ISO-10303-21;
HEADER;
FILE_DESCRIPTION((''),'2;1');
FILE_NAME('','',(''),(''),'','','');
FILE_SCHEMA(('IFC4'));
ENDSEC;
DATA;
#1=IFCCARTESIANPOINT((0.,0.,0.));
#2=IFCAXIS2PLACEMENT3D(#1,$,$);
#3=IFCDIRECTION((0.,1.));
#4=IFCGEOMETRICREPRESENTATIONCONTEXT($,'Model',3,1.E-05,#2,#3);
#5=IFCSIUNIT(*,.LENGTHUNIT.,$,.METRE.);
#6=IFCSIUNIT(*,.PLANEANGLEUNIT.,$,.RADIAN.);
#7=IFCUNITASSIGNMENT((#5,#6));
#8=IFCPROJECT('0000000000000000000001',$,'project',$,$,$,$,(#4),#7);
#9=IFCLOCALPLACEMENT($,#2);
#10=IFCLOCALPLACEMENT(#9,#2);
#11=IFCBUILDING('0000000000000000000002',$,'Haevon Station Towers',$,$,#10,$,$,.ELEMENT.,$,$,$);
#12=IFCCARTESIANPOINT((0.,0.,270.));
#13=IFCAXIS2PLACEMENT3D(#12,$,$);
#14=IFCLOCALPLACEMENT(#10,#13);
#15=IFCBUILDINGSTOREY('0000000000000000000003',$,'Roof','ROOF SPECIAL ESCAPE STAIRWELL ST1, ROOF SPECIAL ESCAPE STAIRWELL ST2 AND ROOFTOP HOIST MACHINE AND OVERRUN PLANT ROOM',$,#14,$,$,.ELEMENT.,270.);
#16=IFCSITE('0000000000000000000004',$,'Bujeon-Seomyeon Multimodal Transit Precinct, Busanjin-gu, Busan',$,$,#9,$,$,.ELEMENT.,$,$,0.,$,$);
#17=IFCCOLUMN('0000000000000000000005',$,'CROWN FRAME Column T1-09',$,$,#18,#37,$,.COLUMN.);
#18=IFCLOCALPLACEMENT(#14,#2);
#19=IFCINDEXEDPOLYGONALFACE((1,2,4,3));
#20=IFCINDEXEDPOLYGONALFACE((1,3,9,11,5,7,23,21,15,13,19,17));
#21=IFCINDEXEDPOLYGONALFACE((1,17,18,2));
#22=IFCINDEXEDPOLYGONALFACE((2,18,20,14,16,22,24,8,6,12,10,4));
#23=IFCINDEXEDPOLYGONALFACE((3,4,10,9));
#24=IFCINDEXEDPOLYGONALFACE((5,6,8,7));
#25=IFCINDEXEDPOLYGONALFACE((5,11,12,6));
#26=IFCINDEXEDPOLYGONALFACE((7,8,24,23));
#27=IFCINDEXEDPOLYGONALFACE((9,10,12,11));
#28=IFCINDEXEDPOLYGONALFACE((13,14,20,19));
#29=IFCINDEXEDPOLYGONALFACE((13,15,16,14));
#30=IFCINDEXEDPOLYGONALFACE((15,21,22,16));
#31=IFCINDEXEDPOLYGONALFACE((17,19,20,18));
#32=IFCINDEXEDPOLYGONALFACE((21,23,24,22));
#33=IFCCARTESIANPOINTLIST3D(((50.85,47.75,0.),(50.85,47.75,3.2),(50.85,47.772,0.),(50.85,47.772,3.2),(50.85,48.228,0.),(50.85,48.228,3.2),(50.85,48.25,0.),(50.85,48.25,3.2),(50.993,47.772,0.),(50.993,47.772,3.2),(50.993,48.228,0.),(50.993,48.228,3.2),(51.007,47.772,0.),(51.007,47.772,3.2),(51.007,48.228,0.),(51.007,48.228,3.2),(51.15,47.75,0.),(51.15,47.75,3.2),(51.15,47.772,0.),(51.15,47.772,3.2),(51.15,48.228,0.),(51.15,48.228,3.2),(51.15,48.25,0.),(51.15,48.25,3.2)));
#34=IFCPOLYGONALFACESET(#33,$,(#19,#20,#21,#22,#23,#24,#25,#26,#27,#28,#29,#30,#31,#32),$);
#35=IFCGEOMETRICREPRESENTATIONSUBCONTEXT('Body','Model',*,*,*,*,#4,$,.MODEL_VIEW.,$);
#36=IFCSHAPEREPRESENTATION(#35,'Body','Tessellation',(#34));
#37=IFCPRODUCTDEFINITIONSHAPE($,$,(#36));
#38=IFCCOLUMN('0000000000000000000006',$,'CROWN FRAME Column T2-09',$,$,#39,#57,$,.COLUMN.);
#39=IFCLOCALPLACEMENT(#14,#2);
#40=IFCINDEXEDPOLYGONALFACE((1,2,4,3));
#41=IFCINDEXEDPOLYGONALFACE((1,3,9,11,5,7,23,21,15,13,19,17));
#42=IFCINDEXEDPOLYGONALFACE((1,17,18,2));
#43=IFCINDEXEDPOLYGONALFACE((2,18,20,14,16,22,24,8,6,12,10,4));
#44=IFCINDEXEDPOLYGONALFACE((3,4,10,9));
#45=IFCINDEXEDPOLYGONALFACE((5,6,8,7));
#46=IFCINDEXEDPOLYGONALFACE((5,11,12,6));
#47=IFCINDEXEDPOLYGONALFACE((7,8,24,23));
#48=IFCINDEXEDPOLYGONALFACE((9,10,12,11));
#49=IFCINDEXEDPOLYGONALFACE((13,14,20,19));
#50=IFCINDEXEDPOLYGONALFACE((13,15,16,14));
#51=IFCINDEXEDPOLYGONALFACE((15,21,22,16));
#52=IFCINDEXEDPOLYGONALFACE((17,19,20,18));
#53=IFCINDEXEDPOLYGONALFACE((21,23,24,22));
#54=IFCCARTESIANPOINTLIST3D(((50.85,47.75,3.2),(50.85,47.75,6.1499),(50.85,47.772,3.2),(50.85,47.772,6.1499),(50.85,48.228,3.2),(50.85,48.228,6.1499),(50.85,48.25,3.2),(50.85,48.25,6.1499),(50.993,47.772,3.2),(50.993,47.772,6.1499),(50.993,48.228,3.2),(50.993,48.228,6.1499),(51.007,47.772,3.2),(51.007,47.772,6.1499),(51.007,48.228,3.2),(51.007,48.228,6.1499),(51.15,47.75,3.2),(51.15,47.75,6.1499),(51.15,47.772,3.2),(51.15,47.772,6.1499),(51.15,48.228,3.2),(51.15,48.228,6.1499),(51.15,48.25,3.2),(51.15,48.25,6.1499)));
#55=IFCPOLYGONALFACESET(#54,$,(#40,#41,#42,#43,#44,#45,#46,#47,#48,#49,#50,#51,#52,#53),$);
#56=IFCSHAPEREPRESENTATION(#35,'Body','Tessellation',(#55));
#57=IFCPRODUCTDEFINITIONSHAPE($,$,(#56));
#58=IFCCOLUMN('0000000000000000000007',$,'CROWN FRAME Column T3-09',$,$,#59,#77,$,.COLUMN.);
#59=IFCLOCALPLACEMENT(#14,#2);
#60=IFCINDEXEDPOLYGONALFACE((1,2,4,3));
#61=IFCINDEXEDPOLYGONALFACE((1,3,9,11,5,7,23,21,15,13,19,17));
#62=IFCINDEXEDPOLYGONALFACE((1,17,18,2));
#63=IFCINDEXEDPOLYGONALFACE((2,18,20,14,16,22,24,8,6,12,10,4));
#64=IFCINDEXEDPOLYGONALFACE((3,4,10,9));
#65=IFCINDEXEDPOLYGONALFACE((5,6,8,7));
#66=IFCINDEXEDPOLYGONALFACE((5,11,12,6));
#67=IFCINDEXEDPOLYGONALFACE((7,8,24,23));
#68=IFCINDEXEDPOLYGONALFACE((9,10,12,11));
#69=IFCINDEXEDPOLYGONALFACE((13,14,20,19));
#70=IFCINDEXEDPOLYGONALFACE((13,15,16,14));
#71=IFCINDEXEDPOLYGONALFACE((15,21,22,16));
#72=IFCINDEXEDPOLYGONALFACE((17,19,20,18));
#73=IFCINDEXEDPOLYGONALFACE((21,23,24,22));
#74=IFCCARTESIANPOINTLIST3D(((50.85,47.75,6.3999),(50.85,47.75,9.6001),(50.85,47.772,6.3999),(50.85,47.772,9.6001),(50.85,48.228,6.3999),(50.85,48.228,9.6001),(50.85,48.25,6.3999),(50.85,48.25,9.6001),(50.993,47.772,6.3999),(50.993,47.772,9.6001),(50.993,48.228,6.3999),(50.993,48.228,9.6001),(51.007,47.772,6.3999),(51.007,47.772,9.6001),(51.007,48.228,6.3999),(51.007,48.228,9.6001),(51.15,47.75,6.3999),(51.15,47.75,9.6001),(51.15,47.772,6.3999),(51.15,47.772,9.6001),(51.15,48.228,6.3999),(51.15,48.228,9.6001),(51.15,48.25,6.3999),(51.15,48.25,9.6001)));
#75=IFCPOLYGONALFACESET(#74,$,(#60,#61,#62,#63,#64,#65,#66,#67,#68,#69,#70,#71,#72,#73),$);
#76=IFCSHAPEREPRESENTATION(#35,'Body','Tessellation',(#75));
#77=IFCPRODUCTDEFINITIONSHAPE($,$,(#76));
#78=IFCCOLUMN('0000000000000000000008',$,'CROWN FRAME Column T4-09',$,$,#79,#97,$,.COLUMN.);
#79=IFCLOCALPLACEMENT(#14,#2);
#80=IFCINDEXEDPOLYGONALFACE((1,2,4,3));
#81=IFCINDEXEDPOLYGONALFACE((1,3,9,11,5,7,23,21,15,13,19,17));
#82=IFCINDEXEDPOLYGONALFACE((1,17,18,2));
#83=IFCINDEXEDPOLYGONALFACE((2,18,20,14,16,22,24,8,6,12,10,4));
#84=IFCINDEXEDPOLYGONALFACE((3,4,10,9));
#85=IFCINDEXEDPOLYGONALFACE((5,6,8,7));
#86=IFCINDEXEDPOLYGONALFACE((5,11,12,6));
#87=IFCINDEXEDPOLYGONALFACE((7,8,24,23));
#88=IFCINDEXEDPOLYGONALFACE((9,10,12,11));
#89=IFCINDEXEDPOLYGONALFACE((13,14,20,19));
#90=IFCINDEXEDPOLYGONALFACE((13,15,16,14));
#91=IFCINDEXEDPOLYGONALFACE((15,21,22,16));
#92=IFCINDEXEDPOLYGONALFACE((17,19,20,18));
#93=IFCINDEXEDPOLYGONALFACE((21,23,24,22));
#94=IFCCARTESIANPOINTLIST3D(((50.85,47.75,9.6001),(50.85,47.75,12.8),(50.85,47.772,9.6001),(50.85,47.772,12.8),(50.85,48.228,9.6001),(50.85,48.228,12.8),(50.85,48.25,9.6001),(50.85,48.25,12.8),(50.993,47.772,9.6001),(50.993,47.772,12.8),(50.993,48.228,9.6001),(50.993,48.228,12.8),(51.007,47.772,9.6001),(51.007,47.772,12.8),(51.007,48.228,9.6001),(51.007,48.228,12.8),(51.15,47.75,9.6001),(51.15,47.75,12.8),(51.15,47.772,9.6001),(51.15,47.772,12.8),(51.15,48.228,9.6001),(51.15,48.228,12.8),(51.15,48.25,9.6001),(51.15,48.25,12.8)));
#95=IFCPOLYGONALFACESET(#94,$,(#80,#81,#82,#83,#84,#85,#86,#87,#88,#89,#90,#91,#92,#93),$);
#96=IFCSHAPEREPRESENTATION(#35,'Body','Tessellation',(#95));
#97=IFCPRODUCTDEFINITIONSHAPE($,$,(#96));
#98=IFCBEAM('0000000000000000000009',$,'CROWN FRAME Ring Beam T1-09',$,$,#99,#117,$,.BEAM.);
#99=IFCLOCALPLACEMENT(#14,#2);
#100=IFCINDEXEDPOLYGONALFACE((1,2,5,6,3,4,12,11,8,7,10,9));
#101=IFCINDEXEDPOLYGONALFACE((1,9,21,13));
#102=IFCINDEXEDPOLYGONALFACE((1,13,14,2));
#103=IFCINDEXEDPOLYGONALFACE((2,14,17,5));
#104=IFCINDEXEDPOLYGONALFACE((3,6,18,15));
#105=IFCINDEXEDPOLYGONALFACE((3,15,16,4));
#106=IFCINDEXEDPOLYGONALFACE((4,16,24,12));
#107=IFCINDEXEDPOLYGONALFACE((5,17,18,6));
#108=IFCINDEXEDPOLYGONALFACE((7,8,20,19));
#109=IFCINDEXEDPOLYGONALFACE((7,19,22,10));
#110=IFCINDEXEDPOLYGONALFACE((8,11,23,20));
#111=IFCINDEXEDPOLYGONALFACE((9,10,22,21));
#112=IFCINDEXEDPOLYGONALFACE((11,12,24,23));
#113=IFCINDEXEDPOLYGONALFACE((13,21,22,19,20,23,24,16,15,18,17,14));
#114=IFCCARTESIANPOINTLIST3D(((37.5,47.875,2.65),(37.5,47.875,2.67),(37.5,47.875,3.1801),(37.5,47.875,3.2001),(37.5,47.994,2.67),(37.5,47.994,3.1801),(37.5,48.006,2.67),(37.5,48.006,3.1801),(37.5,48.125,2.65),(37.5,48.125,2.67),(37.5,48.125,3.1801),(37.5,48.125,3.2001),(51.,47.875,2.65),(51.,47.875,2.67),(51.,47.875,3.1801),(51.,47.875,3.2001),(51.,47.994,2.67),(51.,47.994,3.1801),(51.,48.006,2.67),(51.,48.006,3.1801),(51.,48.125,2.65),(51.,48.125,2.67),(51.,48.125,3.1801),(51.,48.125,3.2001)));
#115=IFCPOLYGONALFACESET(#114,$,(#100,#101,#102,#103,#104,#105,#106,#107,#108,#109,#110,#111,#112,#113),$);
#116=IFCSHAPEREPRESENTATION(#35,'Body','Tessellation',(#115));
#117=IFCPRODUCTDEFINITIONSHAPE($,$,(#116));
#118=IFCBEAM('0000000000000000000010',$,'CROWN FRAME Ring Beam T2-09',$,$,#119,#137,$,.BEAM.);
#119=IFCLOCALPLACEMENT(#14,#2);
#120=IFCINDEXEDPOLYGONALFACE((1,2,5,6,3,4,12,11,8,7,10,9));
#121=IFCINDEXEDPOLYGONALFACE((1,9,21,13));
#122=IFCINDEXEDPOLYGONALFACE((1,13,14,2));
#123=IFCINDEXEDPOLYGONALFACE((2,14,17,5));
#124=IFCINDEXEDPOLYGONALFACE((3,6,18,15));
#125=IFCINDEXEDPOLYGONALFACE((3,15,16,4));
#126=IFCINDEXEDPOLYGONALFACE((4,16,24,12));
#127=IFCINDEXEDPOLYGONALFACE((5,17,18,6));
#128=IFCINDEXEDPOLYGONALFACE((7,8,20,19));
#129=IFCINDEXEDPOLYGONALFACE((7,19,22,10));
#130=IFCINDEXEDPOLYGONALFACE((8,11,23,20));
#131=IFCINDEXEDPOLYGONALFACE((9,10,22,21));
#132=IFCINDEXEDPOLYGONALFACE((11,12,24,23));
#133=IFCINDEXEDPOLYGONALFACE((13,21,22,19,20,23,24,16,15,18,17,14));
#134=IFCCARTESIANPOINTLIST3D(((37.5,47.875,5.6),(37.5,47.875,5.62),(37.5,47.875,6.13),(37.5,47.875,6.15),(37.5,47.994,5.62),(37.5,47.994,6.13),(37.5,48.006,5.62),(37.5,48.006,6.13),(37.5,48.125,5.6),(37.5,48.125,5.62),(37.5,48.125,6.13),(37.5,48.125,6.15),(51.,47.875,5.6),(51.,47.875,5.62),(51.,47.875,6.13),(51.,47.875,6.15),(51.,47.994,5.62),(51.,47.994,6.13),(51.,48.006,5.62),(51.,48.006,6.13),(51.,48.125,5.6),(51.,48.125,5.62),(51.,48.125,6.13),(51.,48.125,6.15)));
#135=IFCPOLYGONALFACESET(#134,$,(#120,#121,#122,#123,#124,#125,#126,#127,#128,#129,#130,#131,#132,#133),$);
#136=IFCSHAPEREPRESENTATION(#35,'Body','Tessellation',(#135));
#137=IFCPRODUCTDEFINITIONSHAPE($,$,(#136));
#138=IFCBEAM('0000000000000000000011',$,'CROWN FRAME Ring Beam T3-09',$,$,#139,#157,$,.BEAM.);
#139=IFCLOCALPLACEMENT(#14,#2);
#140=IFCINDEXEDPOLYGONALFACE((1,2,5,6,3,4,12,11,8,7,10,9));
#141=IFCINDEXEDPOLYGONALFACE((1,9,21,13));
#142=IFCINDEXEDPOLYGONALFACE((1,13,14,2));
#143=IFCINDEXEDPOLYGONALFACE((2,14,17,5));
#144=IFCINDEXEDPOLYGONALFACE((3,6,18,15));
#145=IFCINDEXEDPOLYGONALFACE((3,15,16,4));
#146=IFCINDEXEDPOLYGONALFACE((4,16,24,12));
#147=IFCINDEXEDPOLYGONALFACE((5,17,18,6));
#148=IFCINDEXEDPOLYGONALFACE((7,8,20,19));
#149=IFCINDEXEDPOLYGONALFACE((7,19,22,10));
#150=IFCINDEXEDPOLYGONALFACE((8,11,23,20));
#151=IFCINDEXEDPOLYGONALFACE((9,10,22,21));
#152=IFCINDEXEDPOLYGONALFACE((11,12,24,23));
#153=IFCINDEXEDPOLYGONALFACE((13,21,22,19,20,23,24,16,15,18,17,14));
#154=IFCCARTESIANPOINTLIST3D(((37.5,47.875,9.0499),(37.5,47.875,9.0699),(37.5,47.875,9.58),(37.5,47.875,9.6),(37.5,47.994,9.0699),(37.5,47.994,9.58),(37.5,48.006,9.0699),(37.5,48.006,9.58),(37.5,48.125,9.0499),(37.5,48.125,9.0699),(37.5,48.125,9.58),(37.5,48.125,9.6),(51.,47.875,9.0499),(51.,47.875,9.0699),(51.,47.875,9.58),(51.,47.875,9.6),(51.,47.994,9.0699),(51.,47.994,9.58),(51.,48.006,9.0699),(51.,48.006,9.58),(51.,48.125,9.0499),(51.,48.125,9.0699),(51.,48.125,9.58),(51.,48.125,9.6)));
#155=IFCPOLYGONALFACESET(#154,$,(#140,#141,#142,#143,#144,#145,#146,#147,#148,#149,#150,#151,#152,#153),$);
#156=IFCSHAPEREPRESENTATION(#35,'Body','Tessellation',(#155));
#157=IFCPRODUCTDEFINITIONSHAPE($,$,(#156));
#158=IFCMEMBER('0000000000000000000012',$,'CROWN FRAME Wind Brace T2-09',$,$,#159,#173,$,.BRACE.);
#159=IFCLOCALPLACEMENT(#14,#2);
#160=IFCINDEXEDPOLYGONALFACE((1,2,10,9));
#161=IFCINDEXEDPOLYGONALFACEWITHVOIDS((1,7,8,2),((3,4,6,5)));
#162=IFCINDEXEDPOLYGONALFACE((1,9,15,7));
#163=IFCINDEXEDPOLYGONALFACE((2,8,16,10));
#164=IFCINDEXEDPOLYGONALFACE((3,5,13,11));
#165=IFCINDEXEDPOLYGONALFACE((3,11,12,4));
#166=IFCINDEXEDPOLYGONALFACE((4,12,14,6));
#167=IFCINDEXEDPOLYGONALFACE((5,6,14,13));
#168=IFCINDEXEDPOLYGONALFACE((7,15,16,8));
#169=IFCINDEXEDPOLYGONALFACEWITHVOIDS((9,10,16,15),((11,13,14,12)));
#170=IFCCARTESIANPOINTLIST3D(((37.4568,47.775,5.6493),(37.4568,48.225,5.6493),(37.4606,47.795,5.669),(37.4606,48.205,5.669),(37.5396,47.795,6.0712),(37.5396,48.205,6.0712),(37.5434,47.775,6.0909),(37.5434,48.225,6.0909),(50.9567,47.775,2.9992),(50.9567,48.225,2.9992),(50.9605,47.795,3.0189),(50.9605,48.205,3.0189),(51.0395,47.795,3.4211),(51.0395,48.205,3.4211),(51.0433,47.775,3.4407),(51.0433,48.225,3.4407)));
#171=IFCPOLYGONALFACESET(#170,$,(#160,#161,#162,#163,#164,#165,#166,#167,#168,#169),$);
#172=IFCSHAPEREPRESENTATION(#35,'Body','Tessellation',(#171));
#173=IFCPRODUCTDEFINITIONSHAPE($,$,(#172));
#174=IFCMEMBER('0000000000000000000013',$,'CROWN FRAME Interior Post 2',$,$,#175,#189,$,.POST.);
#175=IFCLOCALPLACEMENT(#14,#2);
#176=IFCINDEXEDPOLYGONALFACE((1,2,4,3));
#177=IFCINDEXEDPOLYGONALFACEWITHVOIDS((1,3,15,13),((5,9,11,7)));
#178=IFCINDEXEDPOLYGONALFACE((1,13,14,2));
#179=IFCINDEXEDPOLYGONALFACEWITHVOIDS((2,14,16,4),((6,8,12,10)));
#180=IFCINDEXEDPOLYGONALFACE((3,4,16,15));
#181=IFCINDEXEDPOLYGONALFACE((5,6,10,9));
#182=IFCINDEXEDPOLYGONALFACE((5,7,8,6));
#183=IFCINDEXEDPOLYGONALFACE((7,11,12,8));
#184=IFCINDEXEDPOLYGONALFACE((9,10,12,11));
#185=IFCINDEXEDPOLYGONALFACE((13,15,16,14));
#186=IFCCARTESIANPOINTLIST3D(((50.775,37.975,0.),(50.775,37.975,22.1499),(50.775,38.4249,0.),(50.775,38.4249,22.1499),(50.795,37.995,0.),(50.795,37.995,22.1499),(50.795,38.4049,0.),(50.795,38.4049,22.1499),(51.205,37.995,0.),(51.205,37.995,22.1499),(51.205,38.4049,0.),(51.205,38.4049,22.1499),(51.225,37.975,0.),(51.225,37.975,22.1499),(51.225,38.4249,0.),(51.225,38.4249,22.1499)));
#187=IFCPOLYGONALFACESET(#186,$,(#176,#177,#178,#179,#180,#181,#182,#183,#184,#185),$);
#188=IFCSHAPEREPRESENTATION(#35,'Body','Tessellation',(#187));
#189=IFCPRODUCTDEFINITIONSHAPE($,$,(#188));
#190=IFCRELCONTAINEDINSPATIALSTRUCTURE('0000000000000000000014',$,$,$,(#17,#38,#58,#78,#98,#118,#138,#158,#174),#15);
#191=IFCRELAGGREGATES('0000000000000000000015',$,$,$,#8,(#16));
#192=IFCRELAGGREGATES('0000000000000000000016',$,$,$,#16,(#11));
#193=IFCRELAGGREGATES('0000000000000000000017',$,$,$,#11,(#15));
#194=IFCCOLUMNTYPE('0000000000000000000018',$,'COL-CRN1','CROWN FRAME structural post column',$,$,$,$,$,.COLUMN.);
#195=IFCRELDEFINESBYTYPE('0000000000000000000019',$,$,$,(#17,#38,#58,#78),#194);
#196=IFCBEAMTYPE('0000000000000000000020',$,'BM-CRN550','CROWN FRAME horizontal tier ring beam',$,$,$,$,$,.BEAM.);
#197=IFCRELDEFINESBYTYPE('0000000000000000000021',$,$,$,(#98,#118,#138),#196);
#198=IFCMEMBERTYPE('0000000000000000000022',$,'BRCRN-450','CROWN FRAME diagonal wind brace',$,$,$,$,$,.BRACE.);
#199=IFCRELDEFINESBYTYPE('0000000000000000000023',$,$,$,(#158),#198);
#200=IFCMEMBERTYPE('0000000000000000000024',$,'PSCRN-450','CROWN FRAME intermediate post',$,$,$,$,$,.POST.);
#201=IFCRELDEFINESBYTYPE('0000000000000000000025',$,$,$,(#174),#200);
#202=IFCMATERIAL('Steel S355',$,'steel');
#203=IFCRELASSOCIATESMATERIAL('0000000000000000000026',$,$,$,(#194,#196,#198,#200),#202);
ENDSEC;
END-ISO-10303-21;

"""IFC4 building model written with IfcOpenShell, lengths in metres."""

from ifc_helpers import new_model, si_unit, direction, frame, origin, origin_2d, place, context, subcontext, project, spatial, hollow_rectangle, i_section, extrude, material, material_profile, profile_set, type_object, element, save


model = new_model("IFC4")

# Units and contexts
model_context = context("Model", 3, precision=1e-05, world=origin(), true_north=direction((0.0, 1.0)))
body_context = subcontext(model_context, "Body", "Model", "MODEL_VIEW")
ifc_project = project(units=[si_unit("LENGTHUNIT", "METRE"), si_unit("PLANEANGLEUNIT", "RADIAN")], contexts=[model_context])

# Site, building, storey
site_placement = place(None, origin())
site = spatial("IfcSite", under=ifc_project, at=site_placement, Name="Bujeon-Seomyeon Multimodal Transit Precinct, Busanjin-gu, Busan", CompositionType="ELEMENT", RefElevation=0.0)
building_placement = place(site_placement, origin())
building = spatial("IfcBuilding", under=site, at=building_placement, Name="Haevon Station Towers", CompositionType="ELEMENT")
storey_placement = place(building_placement, frame((0.0, 0.0, 270.0)))
storey = spatial("IfcBuildingStorey", under=building, at=storey_placement, Name="Roof", Description="ROOF SPECIAL ESCAPE STAIRWELL ST1, ROOF SPECIAL ESCAPE STAIRWELL ST2 AND ROOFTOP HOIST MACHINE AND OVERRUN PLANT ROOM", CompositionType="ELEMENT", Elevation=270.0)

# Columns
ifc_material_1 = material(Name="Steel S355", Category="steel")
ifc_material_profile_1 = material_profile(ifc_material_1, i_section(OverallWidth=0.3, OverallDepth=0.5, WebThickness=0.0139, FlangeThickness=0.022, at=origin_2d()), Name="H-500x300x14x22")
ifc_profile_set_1 = profile_set([ifc_material_profile_1], Name="Steel S355")
column_type = type_object("IfcColumnType", Name="COL-CRN1", Description="CROWN FRAME structural post column", PredefinedType="COLUMN", material=ifc_profile_set_1)
column_1_placement = place(storey_placement, frame((51.0, 48.0, 0.0), z_axis=(0.0, 0.0, 1.0), x_axis=(1.0, 0.0, 0.0)))
element("IfcColumn", 1, at=column_1_placement, inside=storey, type_object=column_type, Name="CROWN FRAME Column T1-09", PredefinedType="COLUMN", context=body_context, shape_type="SweptSolid", body=[
    extrude(i_section(OverallWidth=0.3, OverallDepth=0.5, WebThickness=0.0139, FlangeThickness=0.022, at=origin_2d()), origin(), (0.0, 0.0, 1.0), 3.2),
])
column_2_placement = place(storey_placement, frame((51.0, 48.0, 3.2), z_axis=(0.0, 0.0, 1.0), x_axis=(1.0, 0.0, 0.0)))
element("IfcColumn", 2, at=column_2_placement, inside=storey, type_object=column_type, Name="CROWN FRAME Column T2-09", PredefinedType="COLUMN", context=body_context, shape_type="SweptSolid", body=[
    extrude(i_section(OverallWidth=0.3, OverallDepth=0.5, WebThickness=0.0139, FlangeThickness=0.022, at=origin_2d()), origin(), (0.0, 0.0, 1.0), 2.95),
])
column_3_placement = place(storey_placement, frame((51.0, 48.0, 6.3999), z_axis=(0.0, 0.0, 1.0), x_axis=(1.0, 0.0, 0.0)))
element("IfcColumn", 3, at=column_3_placement, inside=storey, type_object=column_type, Name="CROWN FRAME Column T3-09", PredefinedType="COLUMN", context=body_context, shape_type="SweptSolid", body=[
    extrude(i_section(OverallWidth=0.3, OverallDepth=0.5, WebThickness=0.0139, FlangeThickness=0.022, at=origin_2d()), origin(), (0.0, 0.0, 1.0), 3.2002),
])
column_4_placement = place(storey_placement, frame((51.0, 48.0, 9.6001), z_axis=(0.0, 0.0, 1.0), x_axis=(1.0, 0.0, 0.0)))
element("IfcColumn", 4, at=column_4_placement, inside=storey, type_object=column_type, Name="CROWN FRAME Column T4-09", PredefinedType="COLUMN", context=body_context, shape_type="SweptSolid", body=[
    extrude(i_section(OverallWidth=0.3, OverallDepth=0.5, WebThickness=0.0139, FlangeThickness=0.022, at=origin_2d()), origin(), (0.0, 0.0, 1.0), 3.2),
])

# Beams
ifc_material_profile_2 = material_profile(ifc_material_1, i_section(OverallWidth=0.25, OverallDepth=0.55, WebThickness=0.012, FlangeThickness=0.02, at=origin_2d()), Name="H-550x250x12x20")
ifc_profile_set_2 = profile_set([ifc_material_profile_2], Name="Steel S355")
beam_type = type_object("IfcBeamType", Name="BM-CRN550", Description="CROWN FRAME horizontal tier ring beam", PredefinedType="BEAM", material=ifc_profile_set_2)
for number, where, z_axis, x_axis, name in (
    (5, (51.0, 48.0, 2.925), (-1.0, 0.0, 0.0), (0.0, -1.0, 0.0), "CROWN FRAME Ring Beam T1-09"),
    (6, (51.0, 48.0, 5.875), (-1.0, 0.0, 0.0), (0.0, -1.0, 0.0), "CROWN FRAME Ring Beam T2-09"),
    (7, (51.0, 48.0, 9.325), (-1.0, 0.0, 0.0), (0.0, -1.0, 0.0), "CROWN FRAME Ring Beam T3-09"),
):
    element("IfcBeam", number, at=place(storey_placement, frame(where, z_axis=z_axis, x_axis=x_axis)), inside=storey, type_object=beam_type, Name=name, PredefinedType="BEAM", context=body_context, shape_type="SweptSolid", body=[
        extrude(i_section(OverallWidth=0.25, OverallDepth=0.55, WebThickness=0.012, FlangeThickness=0.02, at=origin_2d()), origin(), (0.0, 0.0, 1.0), 13.5),
    ])

# Members
ifc_material_profile_3 = material_profile(ifc_material_1, hollow_rectangle(XDim=0.45, YDim=0.45, WallThickness=0.02, at=origin_2d()), Name="RHS-450x450x20")
ifc_profile_set_3 = profile_set([ifc_material_profile_3], Name="Steel S355")
member_type_1 = type_object("IfcMemberType", Name="BRCRN-450", Description="CROWN FRAME diagonal wind brace", PredefinedType="BRACE", material=ifc_profile_set_3)
member_placement = place(storey_placement, frame((51.0, 48.0, 3.22), z_axis=(-0.981271, 0.0, 0.192631), x_axis=(0.0, -1.0, 0.0)))
element("IfcMember", 8, at=member_placement, inside=storey, type_object=member_type_1, Name="CROWN FRAME Wind Brace T2-09", PredefinedType="BRACE", context=body_context, shape_type="SweptSolid", body=[
    extrude(hollow_rectangle(XDim=0.45, YDim=0.45, WallThickness=0.02, at=origin_2d()), origin(), (0.0, 0.0, 1.0), 13.7576),
])
ifc_material_profile_4 = material_profile(ifc_material_1, hollow_rectangle(XDim=0.45, YDim=0.45, WallThickness=0.02, at=origin_2d()), Name="RHS-450x450x20")
ifc_profile_set_4 = profile_set([ifc_material_profile_4], Name="Steel S355")
member_type_2 = type_object("IfcMemberType", Name="PSCRN-450", Description="CROWN FRAME intermediate post", PredefinedType="POST", material=ifc_profile_set_4)
for number, where, z_axis, x_axis, name in (
    (9, (51.0, 38.2, 0.0), (0.0, 0.0, 1.0), (1.0, 0.0, 0.0), "CROWN FRAME Interior Post 2"),
):
    element("IfcMember", number, at=place(storey_placement, frame(where, z_axis=z_axis, x_axis=x_axis)), inside=storey, type_object=member_type_2, Name=name, PredefinedType="POST", context=body_context, shape_type="SweptSolid", body=[
        extrude(hollow_rectangle(XDim=0.45, YDim=0.45, WallThickness=0.02, at=origin_2d()), origin(), (0.0, 0.0, 1.0), 22.1499),
    ])

save(model, "model.ifc")
